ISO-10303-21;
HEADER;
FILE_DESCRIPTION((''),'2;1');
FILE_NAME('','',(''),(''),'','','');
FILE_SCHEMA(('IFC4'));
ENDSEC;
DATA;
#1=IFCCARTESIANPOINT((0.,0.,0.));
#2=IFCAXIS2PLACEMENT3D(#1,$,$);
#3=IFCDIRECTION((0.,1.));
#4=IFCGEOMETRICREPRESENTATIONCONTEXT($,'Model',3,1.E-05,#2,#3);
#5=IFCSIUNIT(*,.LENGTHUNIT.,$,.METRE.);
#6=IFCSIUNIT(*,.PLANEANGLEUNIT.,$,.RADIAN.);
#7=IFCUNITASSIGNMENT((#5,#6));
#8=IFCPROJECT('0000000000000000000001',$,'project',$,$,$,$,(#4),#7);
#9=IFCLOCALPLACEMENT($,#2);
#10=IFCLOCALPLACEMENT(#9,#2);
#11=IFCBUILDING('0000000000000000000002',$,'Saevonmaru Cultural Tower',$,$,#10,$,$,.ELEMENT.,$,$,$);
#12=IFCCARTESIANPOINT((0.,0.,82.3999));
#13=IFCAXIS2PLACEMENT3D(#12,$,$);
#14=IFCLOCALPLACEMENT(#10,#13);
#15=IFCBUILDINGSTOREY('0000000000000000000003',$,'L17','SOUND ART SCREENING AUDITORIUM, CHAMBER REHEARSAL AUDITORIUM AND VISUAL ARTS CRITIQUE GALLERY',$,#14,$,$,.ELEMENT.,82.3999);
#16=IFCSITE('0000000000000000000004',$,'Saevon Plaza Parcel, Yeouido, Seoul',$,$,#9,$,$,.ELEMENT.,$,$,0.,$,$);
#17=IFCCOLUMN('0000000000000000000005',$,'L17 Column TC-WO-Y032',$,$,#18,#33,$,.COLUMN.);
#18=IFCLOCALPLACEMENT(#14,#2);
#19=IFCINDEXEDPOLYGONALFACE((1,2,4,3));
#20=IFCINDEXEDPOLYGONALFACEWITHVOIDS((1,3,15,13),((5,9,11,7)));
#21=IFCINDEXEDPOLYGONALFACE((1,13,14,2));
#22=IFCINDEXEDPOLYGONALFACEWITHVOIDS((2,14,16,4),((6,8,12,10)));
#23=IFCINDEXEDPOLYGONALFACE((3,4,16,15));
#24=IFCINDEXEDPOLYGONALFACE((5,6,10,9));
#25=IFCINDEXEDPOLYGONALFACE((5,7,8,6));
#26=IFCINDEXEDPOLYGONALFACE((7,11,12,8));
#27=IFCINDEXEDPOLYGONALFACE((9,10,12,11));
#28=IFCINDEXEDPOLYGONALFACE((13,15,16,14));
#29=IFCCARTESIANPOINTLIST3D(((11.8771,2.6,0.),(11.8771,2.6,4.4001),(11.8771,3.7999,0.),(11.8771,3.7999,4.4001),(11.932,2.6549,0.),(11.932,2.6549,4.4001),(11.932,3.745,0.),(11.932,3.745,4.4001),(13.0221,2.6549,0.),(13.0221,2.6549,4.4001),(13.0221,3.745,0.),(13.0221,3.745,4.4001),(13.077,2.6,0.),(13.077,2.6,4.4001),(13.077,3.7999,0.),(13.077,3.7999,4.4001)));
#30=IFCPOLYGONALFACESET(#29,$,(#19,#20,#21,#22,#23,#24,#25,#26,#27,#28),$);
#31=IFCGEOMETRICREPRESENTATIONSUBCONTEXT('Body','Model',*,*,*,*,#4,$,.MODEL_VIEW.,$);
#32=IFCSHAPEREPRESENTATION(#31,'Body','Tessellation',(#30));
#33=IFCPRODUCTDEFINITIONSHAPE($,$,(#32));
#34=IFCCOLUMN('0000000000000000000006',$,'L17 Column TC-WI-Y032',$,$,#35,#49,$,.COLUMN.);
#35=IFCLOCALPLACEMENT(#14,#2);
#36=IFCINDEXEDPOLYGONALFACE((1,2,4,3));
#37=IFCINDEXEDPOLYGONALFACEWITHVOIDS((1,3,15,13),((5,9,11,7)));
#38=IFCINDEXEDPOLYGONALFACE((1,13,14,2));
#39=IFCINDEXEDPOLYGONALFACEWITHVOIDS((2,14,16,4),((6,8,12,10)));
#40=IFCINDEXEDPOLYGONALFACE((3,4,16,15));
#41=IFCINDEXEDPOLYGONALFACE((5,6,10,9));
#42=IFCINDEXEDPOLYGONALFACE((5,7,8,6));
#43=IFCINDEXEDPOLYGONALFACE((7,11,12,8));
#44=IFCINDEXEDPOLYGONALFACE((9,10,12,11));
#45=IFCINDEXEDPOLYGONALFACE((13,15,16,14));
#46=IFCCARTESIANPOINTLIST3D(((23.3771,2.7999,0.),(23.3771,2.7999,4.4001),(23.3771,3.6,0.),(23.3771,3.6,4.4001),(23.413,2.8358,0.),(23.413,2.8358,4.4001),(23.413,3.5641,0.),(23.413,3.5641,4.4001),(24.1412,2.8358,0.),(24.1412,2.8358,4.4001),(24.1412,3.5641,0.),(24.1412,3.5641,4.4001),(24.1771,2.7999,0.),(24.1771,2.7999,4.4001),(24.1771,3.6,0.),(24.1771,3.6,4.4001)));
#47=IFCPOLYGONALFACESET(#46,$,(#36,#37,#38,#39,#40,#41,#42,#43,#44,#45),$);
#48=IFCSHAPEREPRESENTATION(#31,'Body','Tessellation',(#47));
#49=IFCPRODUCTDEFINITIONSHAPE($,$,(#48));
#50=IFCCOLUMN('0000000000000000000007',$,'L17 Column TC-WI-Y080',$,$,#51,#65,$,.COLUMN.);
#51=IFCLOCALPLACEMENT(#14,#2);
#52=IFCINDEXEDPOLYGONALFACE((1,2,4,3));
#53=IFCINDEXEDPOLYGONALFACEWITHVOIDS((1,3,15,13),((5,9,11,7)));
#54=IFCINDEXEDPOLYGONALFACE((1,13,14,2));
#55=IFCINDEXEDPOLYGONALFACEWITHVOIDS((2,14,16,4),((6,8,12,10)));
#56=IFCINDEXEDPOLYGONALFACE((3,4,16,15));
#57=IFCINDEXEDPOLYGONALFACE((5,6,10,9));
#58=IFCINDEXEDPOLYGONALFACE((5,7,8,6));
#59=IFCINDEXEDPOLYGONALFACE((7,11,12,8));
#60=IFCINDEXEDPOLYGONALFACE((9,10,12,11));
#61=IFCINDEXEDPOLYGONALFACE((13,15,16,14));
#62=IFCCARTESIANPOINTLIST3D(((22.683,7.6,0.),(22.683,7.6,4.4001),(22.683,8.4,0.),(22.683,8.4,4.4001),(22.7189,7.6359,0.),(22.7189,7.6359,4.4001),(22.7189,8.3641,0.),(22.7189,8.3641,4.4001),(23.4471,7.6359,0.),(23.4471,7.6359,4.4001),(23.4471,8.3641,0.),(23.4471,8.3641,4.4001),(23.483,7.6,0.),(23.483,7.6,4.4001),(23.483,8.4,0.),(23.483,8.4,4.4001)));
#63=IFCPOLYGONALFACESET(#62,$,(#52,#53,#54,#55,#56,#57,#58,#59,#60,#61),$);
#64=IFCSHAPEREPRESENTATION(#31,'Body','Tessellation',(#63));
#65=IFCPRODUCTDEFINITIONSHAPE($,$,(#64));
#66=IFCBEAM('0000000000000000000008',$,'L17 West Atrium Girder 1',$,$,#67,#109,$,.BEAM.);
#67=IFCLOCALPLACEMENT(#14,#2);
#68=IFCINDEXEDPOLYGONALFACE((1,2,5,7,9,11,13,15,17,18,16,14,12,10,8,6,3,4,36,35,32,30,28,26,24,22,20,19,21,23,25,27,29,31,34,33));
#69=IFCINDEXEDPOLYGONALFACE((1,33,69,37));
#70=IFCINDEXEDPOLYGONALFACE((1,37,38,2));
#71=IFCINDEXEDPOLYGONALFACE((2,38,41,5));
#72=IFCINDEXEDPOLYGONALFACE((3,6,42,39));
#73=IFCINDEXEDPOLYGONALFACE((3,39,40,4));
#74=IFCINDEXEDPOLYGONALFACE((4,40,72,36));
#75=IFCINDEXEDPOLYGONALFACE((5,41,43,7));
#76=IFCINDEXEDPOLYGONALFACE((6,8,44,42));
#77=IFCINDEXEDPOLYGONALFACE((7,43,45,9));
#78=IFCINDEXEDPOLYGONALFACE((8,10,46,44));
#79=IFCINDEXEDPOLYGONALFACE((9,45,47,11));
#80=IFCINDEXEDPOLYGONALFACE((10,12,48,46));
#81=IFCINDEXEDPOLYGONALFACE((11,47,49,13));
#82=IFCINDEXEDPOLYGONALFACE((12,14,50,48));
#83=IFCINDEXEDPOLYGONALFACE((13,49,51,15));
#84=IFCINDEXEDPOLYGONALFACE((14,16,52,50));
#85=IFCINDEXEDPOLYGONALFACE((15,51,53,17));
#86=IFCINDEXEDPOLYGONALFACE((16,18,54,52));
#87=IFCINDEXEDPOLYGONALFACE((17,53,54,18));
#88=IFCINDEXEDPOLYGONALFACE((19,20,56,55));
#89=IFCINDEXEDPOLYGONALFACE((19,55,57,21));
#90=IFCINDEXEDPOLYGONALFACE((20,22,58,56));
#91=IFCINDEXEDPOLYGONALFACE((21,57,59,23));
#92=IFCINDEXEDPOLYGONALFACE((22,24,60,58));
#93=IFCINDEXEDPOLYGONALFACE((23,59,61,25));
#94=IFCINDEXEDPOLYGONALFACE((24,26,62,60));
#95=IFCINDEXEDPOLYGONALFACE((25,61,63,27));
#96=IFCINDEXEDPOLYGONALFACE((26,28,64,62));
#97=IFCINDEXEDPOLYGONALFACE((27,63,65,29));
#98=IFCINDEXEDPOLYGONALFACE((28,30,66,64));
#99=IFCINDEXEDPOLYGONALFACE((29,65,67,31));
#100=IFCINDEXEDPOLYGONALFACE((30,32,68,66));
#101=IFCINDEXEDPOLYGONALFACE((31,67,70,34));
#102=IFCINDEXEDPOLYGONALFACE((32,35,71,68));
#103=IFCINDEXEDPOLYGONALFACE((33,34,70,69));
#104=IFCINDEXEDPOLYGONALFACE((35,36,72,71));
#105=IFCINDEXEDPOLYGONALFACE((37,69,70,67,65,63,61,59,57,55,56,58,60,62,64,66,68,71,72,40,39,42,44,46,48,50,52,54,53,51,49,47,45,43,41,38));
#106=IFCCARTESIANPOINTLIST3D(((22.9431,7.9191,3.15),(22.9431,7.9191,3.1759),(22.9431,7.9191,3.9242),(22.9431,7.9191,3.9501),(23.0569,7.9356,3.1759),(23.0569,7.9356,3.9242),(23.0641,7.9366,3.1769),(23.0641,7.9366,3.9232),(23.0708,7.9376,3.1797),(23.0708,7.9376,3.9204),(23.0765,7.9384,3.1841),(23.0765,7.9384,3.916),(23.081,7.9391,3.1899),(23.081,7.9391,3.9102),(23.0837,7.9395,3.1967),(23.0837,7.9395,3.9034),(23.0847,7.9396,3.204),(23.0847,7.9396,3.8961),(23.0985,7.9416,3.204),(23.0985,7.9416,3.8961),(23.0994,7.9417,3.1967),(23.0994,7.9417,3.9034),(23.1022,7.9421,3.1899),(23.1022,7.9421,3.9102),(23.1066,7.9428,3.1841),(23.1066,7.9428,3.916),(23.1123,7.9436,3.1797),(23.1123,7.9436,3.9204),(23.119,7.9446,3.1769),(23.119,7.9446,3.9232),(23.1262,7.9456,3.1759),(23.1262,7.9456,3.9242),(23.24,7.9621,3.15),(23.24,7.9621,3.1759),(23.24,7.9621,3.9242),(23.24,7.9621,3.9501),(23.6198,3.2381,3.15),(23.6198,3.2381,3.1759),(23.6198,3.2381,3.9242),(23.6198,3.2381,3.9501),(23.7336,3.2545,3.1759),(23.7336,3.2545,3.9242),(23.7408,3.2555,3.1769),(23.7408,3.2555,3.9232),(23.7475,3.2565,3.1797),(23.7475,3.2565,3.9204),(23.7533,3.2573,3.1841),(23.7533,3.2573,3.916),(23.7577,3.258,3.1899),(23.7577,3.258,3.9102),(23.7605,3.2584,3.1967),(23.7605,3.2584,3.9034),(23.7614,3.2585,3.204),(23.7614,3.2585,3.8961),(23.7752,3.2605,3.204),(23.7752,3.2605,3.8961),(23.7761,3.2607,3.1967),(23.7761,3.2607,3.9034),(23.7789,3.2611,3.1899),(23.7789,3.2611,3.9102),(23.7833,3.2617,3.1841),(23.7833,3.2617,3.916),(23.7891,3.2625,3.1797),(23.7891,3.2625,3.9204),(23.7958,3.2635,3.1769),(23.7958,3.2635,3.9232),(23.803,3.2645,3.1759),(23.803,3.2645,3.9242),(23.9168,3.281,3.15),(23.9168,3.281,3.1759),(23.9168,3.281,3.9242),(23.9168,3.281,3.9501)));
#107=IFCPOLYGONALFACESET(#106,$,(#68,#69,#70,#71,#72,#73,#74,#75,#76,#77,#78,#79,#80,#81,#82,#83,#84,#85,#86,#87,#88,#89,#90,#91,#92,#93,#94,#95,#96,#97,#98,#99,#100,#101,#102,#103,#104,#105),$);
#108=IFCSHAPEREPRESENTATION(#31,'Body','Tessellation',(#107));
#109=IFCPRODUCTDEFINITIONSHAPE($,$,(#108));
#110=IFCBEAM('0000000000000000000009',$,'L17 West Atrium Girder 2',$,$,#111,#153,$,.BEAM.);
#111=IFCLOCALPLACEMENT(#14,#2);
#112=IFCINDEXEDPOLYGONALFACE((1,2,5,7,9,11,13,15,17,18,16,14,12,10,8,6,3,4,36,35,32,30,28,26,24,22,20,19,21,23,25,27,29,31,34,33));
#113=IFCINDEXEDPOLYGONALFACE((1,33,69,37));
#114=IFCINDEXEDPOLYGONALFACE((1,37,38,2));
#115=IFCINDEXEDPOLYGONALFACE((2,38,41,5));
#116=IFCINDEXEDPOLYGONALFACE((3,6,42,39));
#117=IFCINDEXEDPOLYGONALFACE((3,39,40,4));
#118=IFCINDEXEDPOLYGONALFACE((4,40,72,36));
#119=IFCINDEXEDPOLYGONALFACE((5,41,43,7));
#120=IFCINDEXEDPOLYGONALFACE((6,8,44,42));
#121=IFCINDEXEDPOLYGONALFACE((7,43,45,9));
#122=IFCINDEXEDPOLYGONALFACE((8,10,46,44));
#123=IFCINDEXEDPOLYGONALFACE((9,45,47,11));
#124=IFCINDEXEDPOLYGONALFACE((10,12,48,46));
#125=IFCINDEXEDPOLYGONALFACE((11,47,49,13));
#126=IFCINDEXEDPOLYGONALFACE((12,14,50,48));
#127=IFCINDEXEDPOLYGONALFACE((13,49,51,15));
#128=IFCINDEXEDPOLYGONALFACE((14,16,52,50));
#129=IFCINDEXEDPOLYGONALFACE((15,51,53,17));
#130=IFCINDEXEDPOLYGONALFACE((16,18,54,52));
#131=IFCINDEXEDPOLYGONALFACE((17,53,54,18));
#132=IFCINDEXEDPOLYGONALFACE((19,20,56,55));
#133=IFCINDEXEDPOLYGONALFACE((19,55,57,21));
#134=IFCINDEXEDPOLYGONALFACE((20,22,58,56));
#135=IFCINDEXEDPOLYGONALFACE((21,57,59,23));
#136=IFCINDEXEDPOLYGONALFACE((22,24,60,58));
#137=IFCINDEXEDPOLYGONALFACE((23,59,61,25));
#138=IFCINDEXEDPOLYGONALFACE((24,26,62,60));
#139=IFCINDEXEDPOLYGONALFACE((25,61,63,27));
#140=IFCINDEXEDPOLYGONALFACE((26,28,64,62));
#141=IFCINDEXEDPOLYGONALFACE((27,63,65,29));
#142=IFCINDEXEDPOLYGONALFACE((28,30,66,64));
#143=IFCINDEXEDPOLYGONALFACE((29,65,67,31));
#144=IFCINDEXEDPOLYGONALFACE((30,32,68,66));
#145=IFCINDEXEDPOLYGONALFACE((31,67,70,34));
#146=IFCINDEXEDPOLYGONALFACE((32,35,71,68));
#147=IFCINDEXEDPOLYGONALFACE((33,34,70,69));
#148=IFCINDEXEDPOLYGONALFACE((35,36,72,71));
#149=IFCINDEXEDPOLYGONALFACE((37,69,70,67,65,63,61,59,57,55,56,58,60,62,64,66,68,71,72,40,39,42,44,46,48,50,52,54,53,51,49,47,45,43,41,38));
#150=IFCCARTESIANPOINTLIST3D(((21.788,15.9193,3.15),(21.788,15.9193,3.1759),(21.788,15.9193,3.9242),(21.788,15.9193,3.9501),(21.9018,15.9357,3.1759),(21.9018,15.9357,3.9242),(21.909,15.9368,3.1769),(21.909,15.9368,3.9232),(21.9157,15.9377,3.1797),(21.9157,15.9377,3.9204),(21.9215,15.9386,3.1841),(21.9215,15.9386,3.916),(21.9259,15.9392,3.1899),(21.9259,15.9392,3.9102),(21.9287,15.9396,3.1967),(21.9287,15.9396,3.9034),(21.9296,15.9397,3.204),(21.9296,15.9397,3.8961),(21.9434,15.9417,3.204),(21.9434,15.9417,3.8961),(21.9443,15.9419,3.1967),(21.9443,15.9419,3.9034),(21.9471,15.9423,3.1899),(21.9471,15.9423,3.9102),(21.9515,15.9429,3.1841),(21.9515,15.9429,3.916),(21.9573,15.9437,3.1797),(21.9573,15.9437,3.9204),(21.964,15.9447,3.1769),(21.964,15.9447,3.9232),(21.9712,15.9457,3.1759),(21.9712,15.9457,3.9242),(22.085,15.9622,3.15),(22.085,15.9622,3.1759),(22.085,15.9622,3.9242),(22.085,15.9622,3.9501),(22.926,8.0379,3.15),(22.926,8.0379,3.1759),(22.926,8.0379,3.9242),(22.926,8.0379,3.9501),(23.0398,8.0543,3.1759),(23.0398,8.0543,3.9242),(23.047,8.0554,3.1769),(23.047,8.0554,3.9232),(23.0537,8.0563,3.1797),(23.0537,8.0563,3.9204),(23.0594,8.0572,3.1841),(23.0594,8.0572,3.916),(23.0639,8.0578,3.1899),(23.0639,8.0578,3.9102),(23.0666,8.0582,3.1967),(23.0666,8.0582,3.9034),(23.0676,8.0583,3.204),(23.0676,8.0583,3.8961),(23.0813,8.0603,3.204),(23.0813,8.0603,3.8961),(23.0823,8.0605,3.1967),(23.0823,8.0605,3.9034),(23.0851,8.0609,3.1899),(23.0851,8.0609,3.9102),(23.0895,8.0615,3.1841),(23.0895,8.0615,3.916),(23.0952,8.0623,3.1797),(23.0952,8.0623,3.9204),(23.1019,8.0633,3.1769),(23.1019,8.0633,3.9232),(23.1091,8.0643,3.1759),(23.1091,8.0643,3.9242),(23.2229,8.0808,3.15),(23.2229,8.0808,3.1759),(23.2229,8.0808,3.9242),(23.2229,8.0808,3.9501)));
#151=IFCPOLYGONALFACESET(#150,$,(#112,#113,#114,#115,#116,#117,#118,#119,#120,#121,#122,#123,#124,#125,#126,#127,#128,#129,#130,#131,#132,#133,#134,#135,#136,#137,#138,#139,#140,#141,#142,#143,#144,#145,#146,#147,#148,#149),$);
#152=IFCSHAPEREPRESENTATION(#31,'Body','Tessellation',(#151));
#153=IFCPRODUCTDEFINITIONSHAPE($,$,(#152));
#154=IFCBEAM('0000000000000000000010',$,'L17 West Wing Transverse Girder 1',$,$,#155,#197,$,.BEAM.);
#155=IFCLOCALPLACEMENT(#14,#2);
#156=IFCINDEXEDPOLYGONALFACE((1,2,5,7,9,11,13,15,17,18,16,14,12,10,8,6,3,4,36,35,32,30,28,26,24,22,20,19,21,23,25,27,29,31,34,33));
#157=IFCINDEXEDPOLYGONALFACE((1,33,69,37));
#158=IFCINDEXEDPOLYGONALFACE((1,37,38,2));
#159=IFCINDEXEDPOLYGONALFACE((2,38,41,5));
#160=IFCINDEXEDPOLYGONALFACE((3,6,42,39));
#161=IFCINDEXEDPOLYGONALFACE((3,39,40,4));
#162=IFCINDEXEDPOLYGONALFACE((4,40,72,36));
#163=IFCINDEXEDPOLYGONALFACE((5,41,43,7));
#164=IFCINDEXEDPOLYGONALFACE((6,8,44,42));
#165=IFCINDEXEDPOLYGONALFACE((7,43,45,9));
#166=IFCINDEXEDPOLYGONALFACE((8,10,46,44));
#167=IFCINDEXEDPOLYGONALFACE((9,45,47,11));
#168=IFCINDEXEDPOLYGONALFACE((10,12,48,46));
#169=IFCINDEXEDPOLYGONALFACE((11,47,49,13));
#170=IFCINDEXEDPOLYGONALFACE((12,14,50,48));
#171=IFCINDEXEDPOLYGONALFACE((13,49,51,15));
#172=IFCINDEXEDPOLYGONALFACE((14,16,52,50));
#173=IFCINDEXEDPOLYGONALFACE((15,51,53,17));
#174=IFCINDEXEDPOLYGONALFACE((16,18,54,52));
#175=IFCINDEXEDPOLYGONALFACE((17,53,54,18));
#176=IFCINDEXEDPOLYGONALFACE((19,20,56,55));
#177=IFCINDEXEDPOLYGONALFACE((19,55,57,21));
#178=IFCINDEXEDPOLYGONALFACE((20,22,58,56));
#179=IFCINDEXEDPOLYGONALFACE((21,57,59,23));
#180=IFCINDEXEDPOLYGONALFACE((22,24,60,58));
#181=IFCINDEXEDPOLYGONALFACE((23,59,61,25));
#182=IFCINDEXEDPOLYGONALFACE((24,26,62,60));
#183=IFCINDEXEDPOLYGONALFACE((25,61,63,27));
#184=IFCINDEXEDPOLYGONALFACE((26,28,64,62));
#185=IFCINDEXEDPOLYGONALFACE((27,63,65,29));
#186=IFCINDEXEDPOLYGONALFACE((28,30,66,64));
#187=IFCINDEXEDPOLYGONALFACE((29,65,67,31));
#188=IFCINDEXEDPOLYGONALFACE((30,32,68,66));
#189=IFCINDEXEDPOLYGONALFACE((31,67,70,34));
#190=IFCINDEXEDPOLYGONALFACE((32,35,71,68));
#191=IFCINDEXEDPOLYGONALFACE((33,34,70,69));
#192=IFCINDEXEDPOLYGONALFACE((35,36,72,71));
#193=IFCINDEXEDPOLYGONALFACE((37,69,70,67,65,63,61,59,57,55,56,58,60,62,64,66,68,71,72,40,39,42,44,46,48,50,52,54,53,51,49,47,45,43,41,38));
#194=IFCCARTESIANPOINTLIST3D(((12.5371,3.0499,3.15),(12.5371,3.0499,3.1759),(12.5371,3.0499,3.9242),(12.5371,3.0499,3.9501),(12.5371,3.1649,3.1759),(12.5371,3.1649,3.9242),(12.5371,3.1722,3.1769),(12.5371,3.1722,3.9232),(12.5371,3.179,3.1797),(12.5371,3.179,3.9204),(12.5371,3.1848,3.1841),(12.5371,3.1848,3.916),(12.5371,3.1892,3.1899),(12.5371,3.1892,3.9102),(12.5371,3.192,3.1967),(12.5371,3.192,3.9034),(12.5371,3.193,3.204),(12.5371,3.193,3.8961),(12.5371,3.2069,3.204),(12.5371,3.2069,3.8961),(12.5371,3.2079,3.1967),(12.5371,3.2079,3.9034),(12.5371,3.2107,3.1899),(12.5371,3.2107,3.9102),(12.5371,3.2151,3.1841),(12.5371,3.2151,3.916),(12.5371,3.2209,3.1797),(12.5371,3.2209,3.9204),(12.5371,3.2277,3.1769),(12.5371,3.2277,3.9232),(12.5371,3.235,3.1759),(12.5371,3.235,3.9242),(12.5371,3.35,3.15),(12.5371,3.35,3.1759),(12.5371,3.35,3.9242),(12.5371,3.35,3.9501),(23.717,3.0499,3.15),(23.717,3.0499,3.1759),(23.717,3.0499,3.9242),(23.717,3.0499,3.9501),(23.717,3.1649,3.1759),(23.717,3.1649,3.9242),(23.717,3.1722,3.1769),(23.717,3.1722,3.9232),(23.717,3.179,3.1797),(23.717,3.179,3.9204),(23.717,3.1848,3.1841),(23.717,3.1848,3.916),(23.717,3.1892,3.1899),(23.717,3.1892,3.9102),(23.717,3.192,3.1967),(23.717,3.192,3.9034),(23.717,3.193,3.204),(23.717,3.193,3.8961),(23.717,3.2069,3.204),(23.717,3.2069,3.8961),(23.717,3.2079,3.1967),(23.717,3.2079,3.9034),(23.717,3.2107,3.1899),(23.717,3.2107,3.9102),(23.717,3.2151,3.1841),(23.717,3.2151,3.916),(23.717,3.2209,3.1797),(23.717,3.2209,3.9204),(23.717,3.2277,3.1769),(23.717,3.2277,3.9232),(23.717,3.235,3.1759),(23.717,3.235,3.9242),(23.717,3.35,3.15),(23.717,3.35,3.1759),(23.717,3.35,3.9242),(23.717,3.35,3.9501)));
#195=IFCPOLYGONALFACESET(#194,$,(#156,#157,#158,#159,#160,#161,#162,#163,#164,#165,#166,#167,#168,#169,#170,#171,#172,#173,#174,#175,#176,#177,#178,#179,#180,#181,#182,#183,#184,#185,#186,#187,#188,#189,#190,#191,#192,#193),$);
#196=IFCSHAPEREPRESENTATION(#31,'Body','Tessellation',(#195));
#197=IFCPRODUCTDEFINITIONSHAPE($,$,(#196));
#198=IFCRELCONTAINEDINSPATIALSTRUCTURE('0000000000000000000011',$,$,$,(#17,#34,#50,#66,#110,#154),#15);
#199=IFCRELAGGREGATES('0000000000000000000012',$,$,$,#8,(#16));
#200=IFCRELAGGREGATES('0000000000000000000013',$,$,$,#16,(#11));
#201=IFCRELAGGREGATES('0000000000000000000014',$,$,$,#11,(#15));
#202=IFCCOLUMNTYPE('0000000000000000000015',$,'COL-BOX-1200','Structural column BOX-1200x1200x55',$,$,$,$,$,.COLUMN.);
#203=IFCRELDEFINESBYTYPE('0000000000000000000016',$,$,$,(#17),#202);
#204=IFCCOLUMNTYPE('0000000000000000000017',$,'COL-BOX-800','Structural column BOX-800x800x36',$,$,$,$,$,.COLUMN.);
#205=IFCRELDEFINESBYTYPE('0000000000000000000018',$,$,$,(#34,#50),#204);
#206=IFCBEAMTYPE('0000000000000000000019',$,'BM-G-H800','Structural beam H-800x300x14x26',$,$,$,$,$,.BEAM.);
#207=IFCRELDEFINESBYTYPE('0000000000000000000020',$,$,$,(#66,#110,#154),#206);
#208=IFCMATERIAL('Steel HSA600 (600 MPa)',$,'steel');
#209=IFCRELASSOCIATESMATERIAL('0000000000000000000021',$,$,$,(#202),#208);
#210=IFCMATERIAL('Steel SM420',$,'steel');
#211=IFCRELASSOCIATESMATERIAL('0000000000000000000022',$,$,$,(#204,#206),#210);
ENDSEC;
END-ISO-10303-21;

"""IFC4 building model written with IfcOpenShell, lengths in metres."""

from ifc_helpers import new_model, si_unit, direction, frame, origin, origin_2d, place, context, subcontext, project, spatial, hollow_rectangle, i_section, extrude, material, material_profile, profile_set, type_object, element, save


model = new_model("IFC4")

# Units and contexts
model_context = context("Model", 3, precision=1e-05, world=origin(), true_north=direction((0.0, 1.0)))
body_context = subcontext(model_context, "Body", "Model", "MODEL_VIEW")
ifc_project = project(units=[si_unit("LENGTHUNIT", "METRE"), si_unit("PLANEANGLEUNIT", "RADIAN")], contexts=[model_context])

# Site, building, storey
site_placement = place(None, origin())
site = spatial("IfcSite", under=ifc_project, at=site_placement, Name="Saevon Plaza Parcel, Yeouido, Seoul", CompositionType="ELEMENT", RefElevation=0.0)
building_placement = place(site_placement, origin())
building = spatial("IfcBuilding", under=site, at=building_placement, Name="Saevonmaru Cultural Tower", CompositionType="ELEMENT")
storey_placement = place(building_placement, frame((0.0, 0.0, 82.3999)))
storey = spatial("IfcBuildingStorey", under=building, at=storey_placement, Name="L17", Description="SOUND ART SCREENING AUDITORIUM, CHAMBER REHEARSAL AUDITORIUM AND VISUAL ARTS CRITIQUE GALLERY", CompositionType="ELEMENT", Elevation=82.3999)

# Columns
ifc_material_1 = material(Name="Steel HSA600 (600 MPa)", Category="steel")
ifc_material_profile_1 = material_profile(ifc_material_1, hollow_rectangle(XDim=1.2, YDim=1.2, WallThickness=0.0549, at=origin_2d()), Name="BOX-1200x1200x55")
ifc_profile_set_1 = profile_set([ifc_material_profile_1], Name="Steel HSA600 (600 MPa)")
column_type_1 = type_object("IfcColumnType", Name="COL-BOX-1200", Description="Structural column BOX-1200x1200x55", PredefinedType="COLUMN", material=ifc_profile_set_1)
column_placement = place(storey_placement, frame((12.4771, 3.2, 0.0), z_axis=(0.0, 0.0, 1.0), x_axis=(1.0, 0.0, 0.0)))
element("IfcColumn", 1, at=column_placement, inside=storey, type_object=column_type_1, Name="L17 Column TC-WO-Y032", PredefinedType="COLUMN", context=body_context, shape_type="SweptSolid", body=[
    extrude(hollow_rectangle(XDim=1.2, YDim=1.2, WallThickness=0.0549, at=origin_2d()), origin(), (0.0, 0.0, 1.0), 4.4001),
])
ifc_material_2 = material(Name="Steel SM420", Category="steel")
ifc_material_profile_2 = material_profile(ifc_material_2, hollow_rectangle(XDim=0.8, YDim=0.8, WallThickness=0.0359, at=origin_2d()), Name="BOX-800x800x36")
ifc_profile_set_2 = profile_set([ifc_material_profile_2], Name="Steel SM420")
column_type_2 = type_object("IfcColumnType", Name="COL-BOX-800", Description="Structural column BOX-800x800x36", PredefinedType="COLUMN", material=ifc_profile_set_2)
for number, where, z_axis, x_axis, name in (
    (2, (23.7771, 3.2, 0.0), (0.0, 0.0, 1.0), (1.0, 0.0, 0.0), "L17 Column TC-WI-Y032"),
    (3, (23.083, 8.0, 0.0), (0.0, 0.0, 1.0), (1.0, 0.0, 0.0), "L17 Column TC-WI-Y080"),
):
    element("IfcColumn", number, at=place(storey_placement, frame(where, z_axis=z_axis, x_axis=x_axis)), inside=storey, type_object=column_type_2, Name=name, PredefinedType="COLUMN", context=body_context, shape_type="SweptSolid", body=[
        extrude(hollow_rectangle(XDim=0.8, YDim=0.8, WallThickness=0.0359, at=origin_2d()), origin(), (0.0, 0.0, 1.0), 4.4001),
    ])

# Beams
ifc_material_profile_3 = material_profile(ifc_material_2, i_section(OverallWidth=0.3, OverallDepth=0.8, WebThickness=0.0139, FlangeThickness=0.0259, FilletRadius=0.0281, at=origin_2d()), Name="H-800x300x14x26")
ifc_profile_set_3 = profile_set([ifc_material_profile_3], Name="Steel SM420")
beam_type_1 = type_object("IfcBeamType", Name="BM-G-H800", Description="Structural beam H-800x300x14x26", PredefinedType="BEAM", material=ifc_profile_set_3)
beam_1_placement = place(storey_placement, frame((23.7683, 3.2595, 3.55), z_axis=(-0.143083, 0.989711, 0.0), x_axis=(-0.989711, -0.143083, 0.0)))
element("IfcBeam", 4, at=beam_1_placement, inside=storey, type_object=beam_type_1, Name="L17 West Atrium Girder 1", PredefinedType="BEAM", context=body_context, shape_type="SweptSolid", body=[
    extrude(i_section(OverallWidth=0.3, OverallDepth=0.8, WebThickness=0.0139, FlangeThickness=0.0259, FilletRadius=0.0281, at=origin_2d()), origin(), (0.0, 0.0, 1.0), 4.7297),
])
beam_2_placement = place(storey_placement, frame((23.0745, 8.0593, 3.55), z_axis=(-0.142902, 0.989737, 0.0), x_axis=(-0.989737, -0.142902, 0.0)))
element("IfcBeam", 5, at=beam_2_placement, inside=storey, type_object=beam_type_1, Name="L17 West Atrium Girder 2", PredefinedType="BEAM", context=body_context, shape_type="SweptSolid", body=[
    extrude(i_section(OverallWidth=0.3, OverallDepth=0.8, WebThickness=0.0139, FlangeThickness=0.0259, FilletRadius=0.0281, at=origin_2d()), origin(), (0.0, 0.0, 1.0), 7.9631),
])
beam_3_placement = place(storey_placement, frame((12.5371, 3.2, 3.55), z_axis=(1.0, 0.0, 0.0), x_axis=(0.0, 1.0, 0.0)))
element("IfcBeam", 6, at=beam_3_placement, inside=storey, type_object=beam_type_1, Name="L17 West Wing Transverse Girder 1", PredefinedType="BEAM", context=body_context, shape_type="SweptSolid", body=[
    extrude(i_section(OverallWidth=0.3, OverallDepth=0.8, WebThickness=0.0139, FlangeThickness=0.0259, FilletRadius=0.0281, at=origin_2d()), origin(), (0.0, 0.0, 1.0), 11.1799),
])

save(model, "model.ifc")
